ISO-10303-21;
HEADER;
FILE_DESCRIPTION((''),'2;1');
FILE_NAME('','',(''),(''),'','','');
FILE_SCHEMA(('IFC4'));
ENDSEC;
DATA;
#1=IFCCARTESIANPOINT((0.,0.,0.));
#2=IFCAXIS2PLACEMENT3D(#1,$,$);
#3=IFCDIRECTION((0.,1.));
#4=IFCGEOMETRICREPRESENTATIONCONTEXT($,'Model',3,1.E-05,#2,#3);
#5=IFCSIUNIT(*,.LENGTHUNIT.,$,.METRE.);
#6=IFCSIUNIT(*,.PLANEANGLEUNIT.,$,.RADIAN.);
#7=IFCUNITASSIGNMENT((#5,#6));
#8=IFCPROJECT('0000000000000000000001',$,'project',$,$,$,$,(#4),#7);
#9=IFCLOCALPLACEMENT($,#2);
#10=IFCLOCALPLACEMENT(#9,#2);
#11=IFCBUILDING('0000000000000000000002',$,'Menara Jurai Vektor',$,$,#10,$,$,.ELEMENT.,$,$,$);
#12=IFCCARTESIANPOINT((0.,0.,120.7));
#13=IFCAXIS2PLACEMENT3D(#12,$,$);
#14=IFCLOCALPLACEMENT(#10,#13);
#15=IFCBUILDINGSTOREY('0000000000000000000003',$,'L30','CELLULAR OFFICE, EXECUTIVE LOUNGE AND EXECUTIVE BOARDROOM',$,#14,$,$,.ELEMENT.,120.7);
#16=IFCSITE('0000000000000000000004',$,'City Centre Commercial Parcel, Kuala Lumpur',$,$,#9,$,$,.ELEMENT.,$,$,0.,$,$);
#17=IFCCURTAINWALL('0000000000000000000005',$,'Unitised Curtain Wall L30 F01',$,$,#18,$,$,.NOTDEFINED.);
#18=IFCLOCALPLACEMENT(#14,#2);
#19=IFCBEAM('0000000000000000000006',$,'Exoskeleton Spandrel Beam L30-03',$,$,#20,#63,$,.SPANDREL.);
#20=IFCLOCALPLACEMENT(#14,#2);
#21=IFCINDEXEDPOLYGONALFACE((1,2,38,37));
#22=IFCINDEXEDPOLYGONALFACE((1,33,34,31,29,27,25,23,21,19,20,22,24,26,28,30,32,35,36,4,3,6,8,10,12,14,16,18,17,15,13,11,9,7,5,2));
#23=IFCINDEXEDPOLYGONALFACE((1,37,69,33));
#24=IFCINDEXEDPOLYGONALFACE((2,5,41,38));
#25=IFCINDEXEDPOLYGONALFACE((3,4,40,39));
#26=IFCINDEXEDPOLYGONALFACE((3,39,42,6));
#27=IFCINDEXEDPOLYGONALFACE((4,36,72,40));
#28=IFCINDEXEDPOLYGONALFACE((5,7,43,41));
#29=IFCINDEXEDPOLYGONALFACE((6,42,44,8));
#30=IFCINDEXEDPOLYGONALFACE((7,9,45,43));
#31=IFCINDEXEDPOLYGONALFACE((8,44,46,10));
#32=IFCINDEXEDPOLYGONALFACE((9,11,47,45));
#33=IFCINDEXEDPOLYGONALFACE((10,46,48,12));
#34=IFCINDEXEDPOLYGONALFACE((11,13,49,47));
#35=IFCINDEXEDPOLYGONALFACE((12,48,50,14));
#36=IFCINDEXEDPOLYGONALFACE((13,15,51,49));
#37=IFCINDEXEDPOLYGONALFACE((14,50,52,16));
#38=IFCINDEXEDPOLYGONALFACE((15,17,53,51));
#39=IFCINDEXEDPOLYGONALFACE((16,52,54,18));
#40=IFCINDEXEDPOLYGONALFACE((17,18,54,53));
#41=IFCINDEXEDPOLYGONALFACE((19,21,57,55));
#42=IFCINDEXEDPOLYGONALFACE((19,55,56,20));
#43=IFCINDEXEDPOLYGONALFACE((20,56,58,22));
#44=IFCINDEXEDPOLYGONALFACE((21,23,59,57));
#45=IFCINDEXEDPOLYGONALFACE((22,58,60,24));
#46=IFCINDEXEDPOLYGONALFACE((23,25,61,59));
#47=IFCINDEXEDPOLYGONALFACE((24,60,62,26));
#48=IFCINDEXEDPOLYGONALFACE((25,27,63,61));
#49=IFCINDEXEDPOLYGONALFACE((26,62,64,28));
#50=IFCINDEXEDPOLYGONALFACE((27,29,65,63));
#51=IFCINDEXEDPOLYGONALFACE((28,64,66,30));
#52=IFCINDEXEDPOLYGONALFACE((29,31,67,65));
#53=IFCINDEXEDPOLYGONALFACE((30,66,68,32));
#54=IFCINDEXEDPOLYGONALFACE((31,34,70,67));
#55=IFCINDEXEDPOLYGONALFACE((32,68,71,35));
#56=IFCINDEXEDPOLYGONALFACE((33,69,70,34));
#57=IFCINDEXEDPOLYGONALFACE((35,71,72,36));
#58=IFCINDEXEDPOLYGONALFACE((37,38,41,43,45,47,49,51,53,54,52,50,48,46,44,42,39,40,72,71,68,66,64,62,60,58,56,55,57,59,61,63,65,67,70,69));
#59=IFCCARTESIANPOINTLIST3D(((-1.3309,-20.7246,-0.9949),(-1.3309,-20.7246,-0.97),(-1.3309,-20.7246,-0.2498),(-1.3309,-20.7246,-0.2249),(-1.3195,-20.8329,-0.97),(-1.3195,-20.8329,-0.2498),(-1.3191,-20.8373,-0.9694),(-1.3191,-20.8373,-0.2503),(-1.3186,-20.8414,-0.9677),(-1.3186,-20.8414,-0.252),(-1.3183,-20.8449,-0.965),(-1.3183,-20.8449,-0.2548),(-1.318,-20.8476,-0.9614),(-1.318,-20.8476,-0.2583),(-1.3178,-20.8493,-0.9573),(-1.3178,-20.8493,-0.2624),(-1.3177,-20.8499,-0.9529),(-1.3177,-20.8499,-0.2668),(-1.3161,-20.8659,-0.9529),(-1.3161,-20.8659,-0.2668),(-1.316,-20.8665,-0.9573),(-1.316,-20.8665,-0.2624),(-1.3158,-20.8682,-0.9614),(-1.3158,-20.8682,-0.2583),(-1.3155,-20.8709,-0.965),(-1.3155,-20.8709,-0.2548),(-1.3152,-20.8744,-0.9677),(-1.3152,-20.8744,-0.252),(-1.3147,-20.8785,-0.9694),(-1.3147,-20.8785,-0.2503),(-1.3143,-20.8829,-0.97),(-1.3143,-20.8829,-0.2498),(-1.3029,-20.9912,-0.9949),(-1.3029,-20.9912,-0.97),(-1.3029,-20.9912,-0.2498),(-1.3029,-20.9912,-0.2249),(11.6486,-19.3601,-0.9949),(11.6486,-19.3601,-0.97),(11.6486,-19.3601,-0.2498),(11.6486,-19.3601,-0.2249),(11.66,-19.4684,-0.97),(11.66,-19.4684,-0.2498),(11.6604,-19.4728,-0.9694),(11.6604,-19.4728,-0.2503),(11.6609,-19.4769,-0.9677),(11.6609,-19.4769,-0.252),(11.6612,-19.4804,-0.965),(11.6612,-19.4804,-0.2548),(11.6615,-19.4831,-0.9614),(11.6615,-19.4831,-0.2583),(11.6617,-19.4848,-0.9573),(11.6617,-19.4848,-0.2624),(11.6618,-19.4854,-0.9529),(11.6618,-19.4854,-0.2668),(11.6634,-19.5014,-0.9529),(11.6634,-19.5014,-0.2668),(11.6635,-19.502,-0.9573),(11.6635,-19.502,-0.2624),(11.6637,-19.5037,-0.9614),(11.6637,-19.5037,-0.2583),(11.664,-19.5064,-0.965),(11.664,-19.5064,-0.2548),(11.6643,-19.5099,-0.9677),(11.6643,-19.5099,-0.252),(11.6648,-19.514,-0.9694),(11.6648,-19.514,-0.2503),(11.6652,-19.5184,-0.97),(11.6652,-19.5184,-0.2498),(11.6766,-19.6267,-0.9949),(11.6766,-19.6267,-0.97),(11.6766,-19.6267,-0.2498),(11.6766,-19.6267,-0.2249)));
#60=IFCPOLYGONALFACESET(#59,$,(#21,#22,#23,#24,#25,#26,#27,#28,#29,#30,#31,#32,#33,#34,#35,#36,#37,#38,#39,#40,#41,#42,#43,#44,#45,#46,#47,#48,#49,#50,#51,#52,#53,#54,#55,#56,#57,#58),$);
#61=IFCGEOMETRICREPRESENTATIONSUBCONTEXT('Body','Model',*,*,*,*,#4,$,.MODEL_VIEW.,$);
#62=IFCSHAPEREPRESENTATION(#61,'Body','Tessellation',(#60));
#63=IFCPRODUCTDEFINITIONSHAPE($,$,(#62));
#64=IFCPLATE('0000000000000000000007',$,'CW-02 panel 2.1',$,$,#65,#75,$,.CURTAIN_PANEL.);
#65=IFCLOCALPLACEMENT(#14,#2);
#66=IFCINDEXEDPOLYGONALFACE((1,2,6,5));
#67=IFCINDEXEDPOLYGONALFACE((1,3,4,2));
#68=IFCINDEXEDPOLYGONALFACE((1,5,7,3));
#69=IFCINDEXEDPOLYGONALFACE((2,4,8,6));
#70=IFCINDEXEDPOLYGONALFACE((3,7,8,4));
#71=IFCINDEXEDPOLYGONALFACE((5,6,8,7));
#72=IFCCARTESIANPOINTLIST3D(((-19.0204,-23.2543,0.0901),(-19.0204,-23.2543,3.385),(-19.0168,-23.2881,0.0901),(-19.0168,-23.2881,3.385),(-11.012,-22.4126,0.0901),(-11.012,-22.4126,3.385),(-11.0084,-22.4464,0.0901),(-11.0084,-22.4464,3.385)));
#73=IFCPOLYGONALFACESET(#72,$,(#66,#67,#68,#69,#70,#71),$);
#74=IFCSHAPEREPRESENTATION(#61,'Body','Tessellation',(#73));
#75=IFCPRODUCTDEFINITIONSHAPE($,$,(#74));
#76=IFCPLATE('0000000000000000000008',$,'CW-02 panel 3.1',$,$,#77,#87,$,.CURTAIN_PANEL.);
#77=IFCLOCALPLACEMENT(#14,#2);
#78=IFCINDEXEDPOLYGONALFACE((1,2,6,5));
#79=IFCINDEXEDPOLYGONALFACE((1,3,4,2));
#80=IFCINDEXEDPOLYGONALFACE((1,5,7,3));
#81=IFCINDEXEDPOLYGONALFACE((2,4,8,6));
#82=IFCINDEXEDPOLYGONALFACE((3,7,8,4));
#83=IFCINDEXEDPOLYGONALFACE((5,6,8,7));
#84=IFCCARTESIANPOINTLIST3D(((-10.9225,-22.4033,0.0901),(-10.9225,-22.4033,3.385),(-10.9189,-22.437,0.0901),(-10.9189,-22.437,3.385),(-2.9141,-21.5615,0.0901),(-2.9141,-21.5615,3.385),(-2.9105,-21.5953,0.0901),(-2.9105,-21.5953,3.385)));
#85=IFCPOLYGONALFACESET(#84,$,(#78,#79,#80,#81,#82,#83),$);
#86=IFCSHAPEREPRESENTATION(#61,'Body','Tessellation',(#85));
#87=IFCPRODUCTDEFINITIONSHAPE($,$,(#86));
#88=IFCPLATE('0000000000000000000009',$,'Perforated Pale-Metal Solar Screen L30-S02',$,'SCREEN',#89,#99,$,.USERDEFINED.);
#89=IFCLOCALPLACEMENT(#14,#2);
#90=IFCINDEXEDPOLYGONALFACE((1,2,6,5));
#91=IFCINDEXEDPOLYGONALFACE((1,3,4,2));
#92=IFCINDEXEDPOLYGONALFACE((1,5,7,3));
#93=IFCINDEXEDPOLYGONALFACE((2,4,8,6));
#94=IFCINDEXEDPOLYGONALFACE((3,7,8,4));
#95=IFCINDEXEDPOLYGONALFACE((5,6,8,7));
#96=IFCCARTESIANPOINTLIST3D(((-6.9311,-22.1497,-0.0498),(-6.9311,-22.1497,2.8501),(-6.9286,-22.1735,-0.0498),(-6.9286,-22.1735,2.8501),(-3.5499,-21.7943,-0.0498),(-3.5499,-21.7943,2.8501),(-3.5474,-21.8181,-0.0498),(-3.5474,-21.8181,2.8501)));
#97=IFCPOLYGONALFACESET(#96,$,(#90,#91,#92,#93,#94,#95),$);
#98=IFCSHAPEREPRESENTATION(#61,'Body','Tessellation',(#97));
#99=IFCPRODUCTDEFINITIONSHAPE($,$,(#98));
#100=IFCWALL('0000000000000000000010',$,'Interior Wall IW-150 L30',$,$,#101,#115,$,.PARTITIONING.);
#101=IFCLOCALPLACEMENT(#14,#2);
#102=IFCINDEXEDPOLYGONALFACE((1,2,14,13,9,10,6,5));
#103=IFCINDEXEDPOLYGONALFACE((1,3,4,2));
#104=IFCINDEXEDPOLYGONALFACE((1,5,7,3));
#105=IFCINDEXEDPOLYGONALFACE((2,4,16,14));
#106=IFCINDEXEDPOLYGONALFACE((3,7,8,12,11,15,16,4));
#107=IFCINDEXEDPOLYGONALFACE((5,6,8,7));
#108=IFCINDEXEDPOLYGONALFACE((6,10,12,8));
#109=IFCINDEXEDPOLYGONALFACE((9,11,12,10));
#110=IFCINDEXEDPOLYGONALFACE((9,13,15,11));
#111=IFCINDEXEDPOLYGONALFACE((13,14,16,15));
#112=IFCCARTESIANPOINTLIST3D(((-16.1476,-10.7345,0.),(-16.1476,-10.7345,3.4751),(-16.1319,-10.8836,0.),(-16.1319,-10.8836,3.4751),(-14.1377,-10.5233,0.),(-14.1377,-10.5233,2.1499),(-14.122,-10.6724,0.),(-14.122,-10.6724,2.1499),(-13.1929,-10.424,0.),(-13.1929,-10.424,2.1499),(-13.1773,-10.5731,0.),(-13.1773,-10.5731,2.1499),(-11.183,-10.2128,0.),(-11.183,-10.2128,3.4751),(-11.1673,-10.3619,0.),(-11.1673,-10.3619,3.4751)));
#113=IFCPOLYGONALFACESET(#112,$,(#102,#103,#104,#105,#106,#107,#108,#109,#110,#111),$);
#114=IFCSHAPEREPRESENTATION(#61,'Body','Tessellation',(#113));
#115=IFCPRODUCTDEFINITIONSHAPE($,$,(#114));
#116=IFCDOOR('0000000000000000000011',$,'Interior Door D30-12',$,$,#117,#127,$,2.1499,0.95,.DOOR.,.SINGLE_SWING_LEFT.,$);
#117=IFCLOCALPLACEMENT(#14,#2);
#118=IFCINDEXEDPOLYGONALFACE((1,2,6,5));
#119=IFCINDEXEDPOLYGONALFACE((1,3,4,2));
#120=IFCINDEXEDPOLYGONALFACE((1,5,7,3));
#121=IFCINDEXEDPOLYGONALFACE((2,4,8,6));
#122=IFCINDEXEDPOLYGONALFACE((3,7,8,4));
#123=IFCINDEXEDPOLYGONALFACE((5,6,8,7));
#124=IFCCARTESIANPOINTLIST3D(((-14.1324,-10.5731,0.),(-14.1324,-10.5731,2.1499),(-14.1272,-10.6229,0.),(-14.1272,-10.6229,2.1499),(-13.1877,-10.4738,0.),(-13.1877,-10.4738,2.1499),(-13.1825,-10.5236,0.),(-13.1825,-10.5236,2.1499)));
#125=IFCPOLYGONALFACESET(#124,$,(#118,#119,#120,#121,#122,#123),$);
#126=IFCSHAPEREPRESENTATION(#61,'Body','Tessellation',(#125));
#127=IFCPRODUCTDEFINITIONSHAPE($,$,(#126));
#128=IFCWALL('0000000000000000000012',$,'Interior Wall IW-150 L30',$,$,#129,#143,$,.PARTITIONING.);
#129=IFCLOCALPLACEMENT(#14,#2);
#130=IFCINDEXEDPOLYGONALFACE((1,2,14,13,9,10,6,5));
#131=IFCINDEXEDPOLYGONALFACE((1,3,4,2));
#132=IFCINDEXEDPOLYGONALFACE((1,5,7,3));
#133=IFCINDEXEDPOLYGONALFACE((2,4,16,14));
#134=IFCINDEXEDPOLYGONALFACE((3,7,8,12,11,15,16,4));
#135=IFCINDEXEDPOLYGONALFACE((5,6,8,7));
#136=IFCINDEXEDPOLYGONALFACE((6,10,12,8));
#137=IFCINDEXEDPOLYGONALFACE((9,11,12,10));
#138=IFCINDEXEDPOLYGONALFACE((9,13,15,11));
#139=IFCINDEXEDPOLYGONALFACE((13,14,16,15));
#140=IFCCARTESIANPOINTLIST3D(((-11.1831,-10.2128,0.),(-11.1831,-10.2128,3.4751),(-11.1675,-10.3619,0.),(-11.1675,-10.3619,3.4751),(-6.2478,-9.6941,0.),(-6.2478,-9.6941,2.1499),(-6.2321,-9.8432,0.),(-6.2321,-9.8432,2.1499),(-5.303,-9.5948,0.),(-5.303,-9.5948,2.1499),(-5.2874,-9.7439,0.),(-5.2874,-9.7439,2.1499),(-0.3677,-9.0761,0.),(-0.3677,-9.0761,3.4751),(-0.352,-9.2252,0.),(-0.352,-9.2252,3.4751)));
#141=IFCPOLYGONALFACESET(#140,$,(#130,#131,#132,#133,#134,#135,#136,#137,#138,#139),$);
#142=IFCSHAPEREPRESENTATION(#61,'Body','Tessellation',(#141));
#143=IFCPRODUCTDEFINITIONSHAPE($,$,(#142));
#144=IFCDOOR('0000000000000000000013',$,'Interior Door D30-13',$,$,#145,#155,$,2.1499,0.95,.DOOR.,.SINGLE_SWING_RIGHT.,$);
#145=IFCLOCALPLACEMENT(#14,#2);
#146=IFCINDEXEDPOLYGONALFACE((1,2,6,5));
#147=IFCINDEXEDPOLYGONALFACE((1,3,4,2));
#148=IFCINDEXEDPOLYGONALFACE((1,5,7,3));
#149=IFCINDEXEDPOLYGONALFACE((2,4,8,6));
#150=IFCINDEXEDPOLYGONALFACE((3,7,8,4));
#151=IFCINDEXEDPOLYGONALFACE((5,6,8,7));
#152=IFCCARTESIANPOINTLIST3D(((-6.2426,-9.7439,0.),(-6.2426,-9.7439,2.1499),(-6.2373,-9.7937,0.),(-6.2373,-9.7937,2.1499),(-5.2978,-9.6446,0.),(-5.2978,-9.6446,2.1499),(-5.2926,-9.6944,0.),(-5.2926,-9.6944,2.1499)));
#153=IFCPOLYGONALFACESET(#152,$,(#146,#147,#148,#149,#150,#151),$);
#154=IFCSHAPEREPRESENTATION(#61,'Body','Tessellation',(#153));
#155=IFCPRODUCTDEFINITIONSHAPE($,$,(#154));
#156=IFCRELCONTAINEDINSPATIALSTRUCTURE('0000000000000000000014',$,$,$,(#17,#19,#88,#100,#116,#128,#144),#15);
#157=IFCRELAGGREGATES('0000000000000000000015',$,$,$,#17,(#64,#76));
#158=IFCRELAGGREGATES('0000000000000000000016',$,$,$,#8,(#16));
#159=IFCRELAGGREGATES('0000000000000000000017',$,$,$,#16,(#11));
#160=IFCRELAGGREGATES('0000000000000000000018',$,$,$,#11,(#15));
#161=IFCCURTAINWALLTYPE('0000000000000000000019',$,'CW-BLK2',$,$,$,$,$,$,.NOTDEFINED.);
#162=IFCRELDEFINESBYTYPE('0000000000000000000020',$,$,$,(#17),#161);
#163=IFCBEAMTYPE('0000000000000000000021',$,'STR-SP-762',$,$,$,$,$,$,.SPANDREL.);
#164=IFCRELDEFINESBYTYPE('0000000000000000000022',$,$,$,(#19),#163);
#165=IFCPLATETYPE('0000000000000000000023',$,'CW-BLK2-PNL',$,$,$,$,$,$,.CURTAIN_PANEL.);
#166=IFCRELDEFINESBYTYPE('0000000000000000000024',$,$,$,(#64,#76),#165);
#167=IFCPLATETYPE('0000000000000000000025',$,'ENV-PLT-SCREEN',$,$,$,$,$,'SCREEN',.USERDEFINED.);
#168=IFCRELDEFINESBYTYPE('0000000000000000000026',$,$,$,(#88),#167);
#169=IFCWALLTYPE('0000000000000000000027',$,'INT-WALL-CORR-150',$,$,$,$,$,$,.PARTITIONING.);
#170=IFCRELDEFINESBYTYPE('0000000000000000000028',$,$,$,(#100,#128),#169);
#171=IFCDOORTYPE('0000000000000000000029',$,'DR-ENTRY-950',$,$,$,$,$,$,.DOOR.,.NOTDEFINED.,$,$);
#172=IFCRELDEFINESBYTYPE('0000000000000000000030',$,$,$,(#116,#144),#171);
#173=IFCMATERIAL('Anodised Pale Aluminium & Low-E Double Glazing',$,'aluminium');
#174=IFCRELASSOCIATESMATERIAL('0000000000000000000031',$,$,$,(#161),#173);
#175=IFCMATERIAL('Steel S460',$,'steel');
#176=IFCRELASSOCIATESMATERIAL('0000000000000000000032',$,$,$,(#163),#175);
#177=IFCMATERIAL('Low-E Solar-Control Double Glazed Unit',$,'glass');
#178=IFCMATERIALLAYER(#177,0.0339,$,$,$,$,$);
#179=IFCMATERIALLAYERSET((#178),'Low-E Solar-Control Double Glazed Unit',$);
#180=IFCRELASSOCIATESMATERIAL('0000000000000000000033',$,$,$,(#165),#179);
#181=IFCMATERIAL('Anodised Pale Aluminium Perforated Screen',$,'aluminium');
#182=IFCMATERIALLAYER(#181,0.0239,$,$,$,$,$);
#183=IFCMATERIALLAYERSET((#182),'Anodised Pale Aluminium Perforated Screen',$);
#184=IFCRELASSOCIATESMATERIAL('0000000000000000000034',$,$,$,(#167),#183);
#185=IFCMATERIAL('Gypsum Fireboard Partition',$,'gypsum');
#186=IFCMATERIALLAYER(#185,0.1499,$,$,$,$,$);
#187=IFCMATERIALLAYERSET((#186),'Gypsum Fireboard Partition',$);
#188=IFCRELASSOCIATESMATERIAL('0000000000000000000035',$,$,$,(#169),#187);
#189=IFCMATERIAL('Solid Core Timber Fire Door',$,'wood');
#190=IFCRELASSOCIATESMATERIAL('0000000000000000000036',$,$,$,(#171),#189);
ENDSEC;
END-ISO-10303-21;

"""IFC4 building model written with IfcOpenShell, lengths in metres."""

from ifc_helpers import new_model, si_unit, direction, frame, frame_2d, origin, origin_2d, place, context, subcontext, project, spatial, rectangle, i_section, extrude, material, layer, layer_set, material_profile, profile_set, type_object, element, fill, aggregate, save


model = new_model("IFC4")

# Units and contexts
model_context = context("Model", 3, precision=1e-05, world=origin(), true_north=direction((0.0, 1.0)))
body_context = subcontext(model_context, "Body", "Model", "MODEL_VIEW")
ifc_project = project(units=[si_unit("LENGTHUNIT", "METRE"), si_unit("PLANEANGLEUNIT", "RADIAN")], contexts=[model_context])

# Site, building, storey
site_placement = place(None, origin())
site = spatial("IfcSite", under=ifc_project, at=site_placement, Name="City Centre Commercial Parcel, Kuala Lumpur", CompositionType="ELEMENT", RefElevation=0.0)
building_placement = place(site_placement, origin())
building = spatial("IfcBuilding", under=site, at=building_placement, Name="Menara Jurai Vektor", CompositionType="ELEMENT")
storey_placement = place(building_placement, frame((0.0, 0.0, 120.7)))
storey = spatial("IfcBuildingStorey", under=building, at=storey_placement, Name="L30", Description="CELLULAR OFFICE, EXECUTIVE LOUNGE AND EXECUTIVE BOARDROOM", CompositionType="ELEMENT", Elevation=120.7)

# Shared definitions
ifc_material_1 = material(Name="Steel S460", Category="steel")

# Curtain wall
ifc_material_2 = material(Name="Anodised Pale Aluminium & Low-E Double Glazing", Category="aluminium")
curtain_wall_type = type_object("IfcCurtainWallType", Name="CW-BLK2", PredefinedType="NOTDEFINED", material=ifc_material_2)
curtain_wall_placement = place(storey_placement, origin())
curtain_wall = element("IfcCurtainWall", 1, at=curtain_wall_placement, inside=storey, type_object=curtain_wall_type, Name="Unitised Curtain Wall L30 F01", PredefinedType="NOTDEFINED")

# Beam
ifc_material_profile_1 = material_profile(ifc_material_1, i_section(OverallWidth=0.2681, OverallDepth=0.77, WebThickness=0.0161, FlangeThickness=0.0249, FilletRadius=0.0171, at=origin_2d()), Name="UKB 762x267x197")
ifc_profile_set_1 = profile_set([ifc_material_profile_1], Name="Steel S460")
beam_type_1 = type_object("IfcBeamType", Name="STR-SP-762", PredefinedType="SPANDREL", material=ifc_profile_set_1)
beam_1_placement = place(storey_placement, frame((-1.3169, -20.8579, -0.6099), z_axis=(0.994519, 0.104551, 0.0), x_axis=(-0.104551, 0.994519, 0.0)))
element("IfcBeam", 2, at=beam_1_placement, inside=storey, type_object=beam_type_1, Name="Exoskeleton Spandrel Beam L30-03", PredefinedType="SPANDREL", context=body_context, shape_type="SweptSolid", body=[
    extrude(i_section(OverallWidth=0.2681, OverallDepth=0.77, WebThickness=0.0161, FlangeThickness=0.0249, FilletRadius=0.0171, at=origin_2d()), origin(), (0.0, 0.0, 1.0), 13.051),
])

# Plates
ifc_material_3 = material(Name="Low-E Solar-Control Double Glazed Unit", Category="glass")
ifc_layer_1 = layer(ifc_material_3, 0.0339)
ifc_layer_set_1 = layer_set([ifc_layer_1], Name="Low-E Solar-Control Double Glazed Unit")
plate_type_1 = type_object("IfcPlateType", Name="CW-BLK2-PNL", PredefinedType="CURTAIN_PANEL", material=ifc_layer_set_1)
plate_1_placement = place(storey_placement, frame((-15.0144, -22.8503, 0.0901), z_axis=(0.0, 0.0, 1.0), x_axis=(0.994522, 0.104529, 0.0)))
plate_1 = element("IfcPlate", 3, at=plate_1_placement, type_object=plate_type_1, Name="CW-02 panel 2.1", PredefinedType="CURTAIN_PANEL", context=body_context, shape_type="SweptSolid", body=[
    extrude(rectangle(XDim=8.0525, YDim=0.0339, at=origin_2d()), origin(), (0.0, 0.0, 1.0), 3.2949),
])
plate_2_placement = place(storey_placement, frame((-6.9165, -21.9993, 0.0901), z_axis=(0.0, 0.0, 1.0), x_axis=(0.994522, 0.104529, 0.0)))
plate_2 = element("IfcPlate", 4, at=plate_2_placement, type_object=plate_type_1, Name="CW-02 panel 3.1", PredefinedType="CURTAIN_PANEL", context=body_context, shape_type="SweptSolid", body=[
    extrude(rectangle(XDim=8.0525, YDim=0.0339, at=origin_2d()), origin(), (0.0, 0.0, 1.0), 3.2949),
])
aggregate(curtain_wall, [plate_1, plate_2])
ifc_material_4 = material(Name="Anodised Pale Aluminium Perforated Screen", Category="aluminium")
ifc_layer_2 = layer(ifc_material_4, 0.0239)
ifc_layer_set_2 = layer_set([ifc_layer_2], Name="Anodised Pale Aluminium Perforated Screen")
plate_type_2 = type_object("IfcPlateType", Name="ENV-PLT-SCREEN", ElementType="SCREEN", PredefinedType="USERDEFINED", material=ifc_layer_set_2)
plate_3_placement = place(storey_placement, frame((-5.2393, -21.9839, -0.0498), z_axis=(0.0, 0.0, 1.0), x_axis=(0.994522, 0.104528, 0.0)))
element("IfcPlate", 5, at=plate_3_placement, inside=storey, type_object=plate_type_2, Name="Perforated Pale-Metal Solar Screen L30-S02", ObjectType="SCREEN", PredefinedType="USERDEFINED", context=body_context, shape_type="SweptSolid", body=[
    extrude(rectangle(XDim=3.3999, YDim=0.0239, at=origin_2d()), origin(), (0.0, 0.0, 1.0), 2.8999),
])

# Walls, openings, doors
ifc_material_5 = material(Name="Gypsum Fireboard Partition", Category="gypsum")
ifc_layer_3 = layer(ifc_material_5, 0.1499)
ifc_layer_set_3 = layer_set([ifc_layer_3], Name="Gypsum Fireboard Partition")
wall_type_1 = type_object("IfcWallType", Name="INT-WALL-CORR-150", PredefinedType="PARTITIONING", material=ifc_layer_set_3)
wall_1_placement = place(storey_placement, frame((-16.1399, -10.8091, 0.0), z_axis=(0.0, 0.0, 1.0), x_axis=(0.994523, 0.104514, 0.0)))
wall_1 = element("IfcWall", 6, at=wall_1_placement, inside=storey, type_object=wall_type_1, Name="Interior Wall IW-150 L30", PredefinedType="PARTITIONING", context=body_context, shape_type="SweptSolid", body=[
    extrude(rectangle(XDim=4.9919, YDim=0.1499, at=frame_2d((2.4961, 0.0))), origin(), (0.0, 0.0, 1.0), 3.4751),
])
opening_1_placement = place(wall_1_placement, frame((2.021, 0.0, 0.0)))
opening_1 = element("IfcOpeningElement", 7, at=opening_1_placement, cuts=wall_1, PredefinedType="OPENING", context=body_context, shape_type="SweptSolid", body=[
    extrude(rectangle(XDim=0.95, YDim=2.1499, at=frame_2d((0.4751, 1.075))), frame((0.0, 0.085, 0.0), z_axis=(0.0, -1.0, 0.0), x_axis=(1.0, 0.0, 0.0)), (0.0, 0.0, 1.0), 0.1699),
])
ifc_material_6 = material(Name="Solid Core Timber Fire Door", Category="wood")
door_type = type_object("IfcDoorType", Name="DR-ENTRY-950", OperationType="NOTDEFINED", PredefinedType="DOOR", material=ifc_material_6)
door_1_placement = place(opening_1_placement, origin())
door_1 = element("IfcDoor", 8, at=door_1_placement, inside=storey, type_object=door_type, Name="Interior Door D30-12", OperationType="SINGLE_SWING_LEFT", OverallHeight=2.1499, OverallWidth=0.95, PredefinedType="DOOR", context=body_context, shape_type="SweptSolid", body=[
    extrude(rectangle(XDim=0.95, YDim=2.1499, at=frame_2d((0.4751, 1.075))), frame((0.0, 0.0249, 0.0), z_axis=(0.0, -1.0, 0.0), x_axis=(1.0, 0.0, 0.0)), (0.0, 0.0, 1.0), 0.05),
])
fill(opening_1, door_1)
wall_2_placement = place(storey_placement, frame((-11.1753, -10.2874, 0.0), z_axis=(0.0, 0.0, 1.0), x_axis=(0.994522, 0.104526, 0.0)))
wall_2 = element("IfcWall", 9, at=wall_2_placement, inside=storey, type_object=wall_type_1, Name="Interior Wall IW-150 L30", PredefinedType="PARTITIONING", context=body_context, shape_type="SweptSolid", body=[
    extrude(rectangle(XDim=10.875, YDim=0.1499, at=frame_2d((5.4375, 0.0))), origin(), (0.0, 0.0, 1.0), 3.4751),
])
opening_2_placement = place(wall_2_placement, frame((4.9624, 0.0, 0.0)))
opening_2 = element("IfcOpeningElement", 10, at=opening_2_placement, cuts=wall_2, PredefinedType="OPENING", context=body_context, shape_type="SweptSolid", body=[
    extrude(rectangle(XDim=0.95, YDim=2.1499, at=frame_2d((0.4751, 1.075))), frame((0.0, 0.085, 0.0), z_axis=(0.0, -1.0, 0.0), x_axis=(1.0, 0.0, 0.0)), (0.0, 0.0, 1.0), 0.1699),
])
door_2_placement = place(opening_2_placement, origin())
door_2 = element("IfcDoor", 11, at=door_2_placement, inside=storey, type_object=door_type, Name="Interior Door D30-13", OperationType="SINGLE_SWING_RIGHT", OverallHeight=2.1499, OverallWidth=0.95, PredefinedType="DOOR", context=body_context, shape_type="SweptSolid", body=[
    extrude(rectangle(XDim=0.95, YDim=2.1499, at=frame_2d((0.4751, 1.075))), frame((0.0, 0.0249, 0.0), z_axis=(0.0, -1.0, 0.0), x_axis=(1.0, 0.0, 0.0)), (0.0, 0.0, 1.0), 0.05),
])
fill(opening_2, door_2)

save(model, "model.ifc")
